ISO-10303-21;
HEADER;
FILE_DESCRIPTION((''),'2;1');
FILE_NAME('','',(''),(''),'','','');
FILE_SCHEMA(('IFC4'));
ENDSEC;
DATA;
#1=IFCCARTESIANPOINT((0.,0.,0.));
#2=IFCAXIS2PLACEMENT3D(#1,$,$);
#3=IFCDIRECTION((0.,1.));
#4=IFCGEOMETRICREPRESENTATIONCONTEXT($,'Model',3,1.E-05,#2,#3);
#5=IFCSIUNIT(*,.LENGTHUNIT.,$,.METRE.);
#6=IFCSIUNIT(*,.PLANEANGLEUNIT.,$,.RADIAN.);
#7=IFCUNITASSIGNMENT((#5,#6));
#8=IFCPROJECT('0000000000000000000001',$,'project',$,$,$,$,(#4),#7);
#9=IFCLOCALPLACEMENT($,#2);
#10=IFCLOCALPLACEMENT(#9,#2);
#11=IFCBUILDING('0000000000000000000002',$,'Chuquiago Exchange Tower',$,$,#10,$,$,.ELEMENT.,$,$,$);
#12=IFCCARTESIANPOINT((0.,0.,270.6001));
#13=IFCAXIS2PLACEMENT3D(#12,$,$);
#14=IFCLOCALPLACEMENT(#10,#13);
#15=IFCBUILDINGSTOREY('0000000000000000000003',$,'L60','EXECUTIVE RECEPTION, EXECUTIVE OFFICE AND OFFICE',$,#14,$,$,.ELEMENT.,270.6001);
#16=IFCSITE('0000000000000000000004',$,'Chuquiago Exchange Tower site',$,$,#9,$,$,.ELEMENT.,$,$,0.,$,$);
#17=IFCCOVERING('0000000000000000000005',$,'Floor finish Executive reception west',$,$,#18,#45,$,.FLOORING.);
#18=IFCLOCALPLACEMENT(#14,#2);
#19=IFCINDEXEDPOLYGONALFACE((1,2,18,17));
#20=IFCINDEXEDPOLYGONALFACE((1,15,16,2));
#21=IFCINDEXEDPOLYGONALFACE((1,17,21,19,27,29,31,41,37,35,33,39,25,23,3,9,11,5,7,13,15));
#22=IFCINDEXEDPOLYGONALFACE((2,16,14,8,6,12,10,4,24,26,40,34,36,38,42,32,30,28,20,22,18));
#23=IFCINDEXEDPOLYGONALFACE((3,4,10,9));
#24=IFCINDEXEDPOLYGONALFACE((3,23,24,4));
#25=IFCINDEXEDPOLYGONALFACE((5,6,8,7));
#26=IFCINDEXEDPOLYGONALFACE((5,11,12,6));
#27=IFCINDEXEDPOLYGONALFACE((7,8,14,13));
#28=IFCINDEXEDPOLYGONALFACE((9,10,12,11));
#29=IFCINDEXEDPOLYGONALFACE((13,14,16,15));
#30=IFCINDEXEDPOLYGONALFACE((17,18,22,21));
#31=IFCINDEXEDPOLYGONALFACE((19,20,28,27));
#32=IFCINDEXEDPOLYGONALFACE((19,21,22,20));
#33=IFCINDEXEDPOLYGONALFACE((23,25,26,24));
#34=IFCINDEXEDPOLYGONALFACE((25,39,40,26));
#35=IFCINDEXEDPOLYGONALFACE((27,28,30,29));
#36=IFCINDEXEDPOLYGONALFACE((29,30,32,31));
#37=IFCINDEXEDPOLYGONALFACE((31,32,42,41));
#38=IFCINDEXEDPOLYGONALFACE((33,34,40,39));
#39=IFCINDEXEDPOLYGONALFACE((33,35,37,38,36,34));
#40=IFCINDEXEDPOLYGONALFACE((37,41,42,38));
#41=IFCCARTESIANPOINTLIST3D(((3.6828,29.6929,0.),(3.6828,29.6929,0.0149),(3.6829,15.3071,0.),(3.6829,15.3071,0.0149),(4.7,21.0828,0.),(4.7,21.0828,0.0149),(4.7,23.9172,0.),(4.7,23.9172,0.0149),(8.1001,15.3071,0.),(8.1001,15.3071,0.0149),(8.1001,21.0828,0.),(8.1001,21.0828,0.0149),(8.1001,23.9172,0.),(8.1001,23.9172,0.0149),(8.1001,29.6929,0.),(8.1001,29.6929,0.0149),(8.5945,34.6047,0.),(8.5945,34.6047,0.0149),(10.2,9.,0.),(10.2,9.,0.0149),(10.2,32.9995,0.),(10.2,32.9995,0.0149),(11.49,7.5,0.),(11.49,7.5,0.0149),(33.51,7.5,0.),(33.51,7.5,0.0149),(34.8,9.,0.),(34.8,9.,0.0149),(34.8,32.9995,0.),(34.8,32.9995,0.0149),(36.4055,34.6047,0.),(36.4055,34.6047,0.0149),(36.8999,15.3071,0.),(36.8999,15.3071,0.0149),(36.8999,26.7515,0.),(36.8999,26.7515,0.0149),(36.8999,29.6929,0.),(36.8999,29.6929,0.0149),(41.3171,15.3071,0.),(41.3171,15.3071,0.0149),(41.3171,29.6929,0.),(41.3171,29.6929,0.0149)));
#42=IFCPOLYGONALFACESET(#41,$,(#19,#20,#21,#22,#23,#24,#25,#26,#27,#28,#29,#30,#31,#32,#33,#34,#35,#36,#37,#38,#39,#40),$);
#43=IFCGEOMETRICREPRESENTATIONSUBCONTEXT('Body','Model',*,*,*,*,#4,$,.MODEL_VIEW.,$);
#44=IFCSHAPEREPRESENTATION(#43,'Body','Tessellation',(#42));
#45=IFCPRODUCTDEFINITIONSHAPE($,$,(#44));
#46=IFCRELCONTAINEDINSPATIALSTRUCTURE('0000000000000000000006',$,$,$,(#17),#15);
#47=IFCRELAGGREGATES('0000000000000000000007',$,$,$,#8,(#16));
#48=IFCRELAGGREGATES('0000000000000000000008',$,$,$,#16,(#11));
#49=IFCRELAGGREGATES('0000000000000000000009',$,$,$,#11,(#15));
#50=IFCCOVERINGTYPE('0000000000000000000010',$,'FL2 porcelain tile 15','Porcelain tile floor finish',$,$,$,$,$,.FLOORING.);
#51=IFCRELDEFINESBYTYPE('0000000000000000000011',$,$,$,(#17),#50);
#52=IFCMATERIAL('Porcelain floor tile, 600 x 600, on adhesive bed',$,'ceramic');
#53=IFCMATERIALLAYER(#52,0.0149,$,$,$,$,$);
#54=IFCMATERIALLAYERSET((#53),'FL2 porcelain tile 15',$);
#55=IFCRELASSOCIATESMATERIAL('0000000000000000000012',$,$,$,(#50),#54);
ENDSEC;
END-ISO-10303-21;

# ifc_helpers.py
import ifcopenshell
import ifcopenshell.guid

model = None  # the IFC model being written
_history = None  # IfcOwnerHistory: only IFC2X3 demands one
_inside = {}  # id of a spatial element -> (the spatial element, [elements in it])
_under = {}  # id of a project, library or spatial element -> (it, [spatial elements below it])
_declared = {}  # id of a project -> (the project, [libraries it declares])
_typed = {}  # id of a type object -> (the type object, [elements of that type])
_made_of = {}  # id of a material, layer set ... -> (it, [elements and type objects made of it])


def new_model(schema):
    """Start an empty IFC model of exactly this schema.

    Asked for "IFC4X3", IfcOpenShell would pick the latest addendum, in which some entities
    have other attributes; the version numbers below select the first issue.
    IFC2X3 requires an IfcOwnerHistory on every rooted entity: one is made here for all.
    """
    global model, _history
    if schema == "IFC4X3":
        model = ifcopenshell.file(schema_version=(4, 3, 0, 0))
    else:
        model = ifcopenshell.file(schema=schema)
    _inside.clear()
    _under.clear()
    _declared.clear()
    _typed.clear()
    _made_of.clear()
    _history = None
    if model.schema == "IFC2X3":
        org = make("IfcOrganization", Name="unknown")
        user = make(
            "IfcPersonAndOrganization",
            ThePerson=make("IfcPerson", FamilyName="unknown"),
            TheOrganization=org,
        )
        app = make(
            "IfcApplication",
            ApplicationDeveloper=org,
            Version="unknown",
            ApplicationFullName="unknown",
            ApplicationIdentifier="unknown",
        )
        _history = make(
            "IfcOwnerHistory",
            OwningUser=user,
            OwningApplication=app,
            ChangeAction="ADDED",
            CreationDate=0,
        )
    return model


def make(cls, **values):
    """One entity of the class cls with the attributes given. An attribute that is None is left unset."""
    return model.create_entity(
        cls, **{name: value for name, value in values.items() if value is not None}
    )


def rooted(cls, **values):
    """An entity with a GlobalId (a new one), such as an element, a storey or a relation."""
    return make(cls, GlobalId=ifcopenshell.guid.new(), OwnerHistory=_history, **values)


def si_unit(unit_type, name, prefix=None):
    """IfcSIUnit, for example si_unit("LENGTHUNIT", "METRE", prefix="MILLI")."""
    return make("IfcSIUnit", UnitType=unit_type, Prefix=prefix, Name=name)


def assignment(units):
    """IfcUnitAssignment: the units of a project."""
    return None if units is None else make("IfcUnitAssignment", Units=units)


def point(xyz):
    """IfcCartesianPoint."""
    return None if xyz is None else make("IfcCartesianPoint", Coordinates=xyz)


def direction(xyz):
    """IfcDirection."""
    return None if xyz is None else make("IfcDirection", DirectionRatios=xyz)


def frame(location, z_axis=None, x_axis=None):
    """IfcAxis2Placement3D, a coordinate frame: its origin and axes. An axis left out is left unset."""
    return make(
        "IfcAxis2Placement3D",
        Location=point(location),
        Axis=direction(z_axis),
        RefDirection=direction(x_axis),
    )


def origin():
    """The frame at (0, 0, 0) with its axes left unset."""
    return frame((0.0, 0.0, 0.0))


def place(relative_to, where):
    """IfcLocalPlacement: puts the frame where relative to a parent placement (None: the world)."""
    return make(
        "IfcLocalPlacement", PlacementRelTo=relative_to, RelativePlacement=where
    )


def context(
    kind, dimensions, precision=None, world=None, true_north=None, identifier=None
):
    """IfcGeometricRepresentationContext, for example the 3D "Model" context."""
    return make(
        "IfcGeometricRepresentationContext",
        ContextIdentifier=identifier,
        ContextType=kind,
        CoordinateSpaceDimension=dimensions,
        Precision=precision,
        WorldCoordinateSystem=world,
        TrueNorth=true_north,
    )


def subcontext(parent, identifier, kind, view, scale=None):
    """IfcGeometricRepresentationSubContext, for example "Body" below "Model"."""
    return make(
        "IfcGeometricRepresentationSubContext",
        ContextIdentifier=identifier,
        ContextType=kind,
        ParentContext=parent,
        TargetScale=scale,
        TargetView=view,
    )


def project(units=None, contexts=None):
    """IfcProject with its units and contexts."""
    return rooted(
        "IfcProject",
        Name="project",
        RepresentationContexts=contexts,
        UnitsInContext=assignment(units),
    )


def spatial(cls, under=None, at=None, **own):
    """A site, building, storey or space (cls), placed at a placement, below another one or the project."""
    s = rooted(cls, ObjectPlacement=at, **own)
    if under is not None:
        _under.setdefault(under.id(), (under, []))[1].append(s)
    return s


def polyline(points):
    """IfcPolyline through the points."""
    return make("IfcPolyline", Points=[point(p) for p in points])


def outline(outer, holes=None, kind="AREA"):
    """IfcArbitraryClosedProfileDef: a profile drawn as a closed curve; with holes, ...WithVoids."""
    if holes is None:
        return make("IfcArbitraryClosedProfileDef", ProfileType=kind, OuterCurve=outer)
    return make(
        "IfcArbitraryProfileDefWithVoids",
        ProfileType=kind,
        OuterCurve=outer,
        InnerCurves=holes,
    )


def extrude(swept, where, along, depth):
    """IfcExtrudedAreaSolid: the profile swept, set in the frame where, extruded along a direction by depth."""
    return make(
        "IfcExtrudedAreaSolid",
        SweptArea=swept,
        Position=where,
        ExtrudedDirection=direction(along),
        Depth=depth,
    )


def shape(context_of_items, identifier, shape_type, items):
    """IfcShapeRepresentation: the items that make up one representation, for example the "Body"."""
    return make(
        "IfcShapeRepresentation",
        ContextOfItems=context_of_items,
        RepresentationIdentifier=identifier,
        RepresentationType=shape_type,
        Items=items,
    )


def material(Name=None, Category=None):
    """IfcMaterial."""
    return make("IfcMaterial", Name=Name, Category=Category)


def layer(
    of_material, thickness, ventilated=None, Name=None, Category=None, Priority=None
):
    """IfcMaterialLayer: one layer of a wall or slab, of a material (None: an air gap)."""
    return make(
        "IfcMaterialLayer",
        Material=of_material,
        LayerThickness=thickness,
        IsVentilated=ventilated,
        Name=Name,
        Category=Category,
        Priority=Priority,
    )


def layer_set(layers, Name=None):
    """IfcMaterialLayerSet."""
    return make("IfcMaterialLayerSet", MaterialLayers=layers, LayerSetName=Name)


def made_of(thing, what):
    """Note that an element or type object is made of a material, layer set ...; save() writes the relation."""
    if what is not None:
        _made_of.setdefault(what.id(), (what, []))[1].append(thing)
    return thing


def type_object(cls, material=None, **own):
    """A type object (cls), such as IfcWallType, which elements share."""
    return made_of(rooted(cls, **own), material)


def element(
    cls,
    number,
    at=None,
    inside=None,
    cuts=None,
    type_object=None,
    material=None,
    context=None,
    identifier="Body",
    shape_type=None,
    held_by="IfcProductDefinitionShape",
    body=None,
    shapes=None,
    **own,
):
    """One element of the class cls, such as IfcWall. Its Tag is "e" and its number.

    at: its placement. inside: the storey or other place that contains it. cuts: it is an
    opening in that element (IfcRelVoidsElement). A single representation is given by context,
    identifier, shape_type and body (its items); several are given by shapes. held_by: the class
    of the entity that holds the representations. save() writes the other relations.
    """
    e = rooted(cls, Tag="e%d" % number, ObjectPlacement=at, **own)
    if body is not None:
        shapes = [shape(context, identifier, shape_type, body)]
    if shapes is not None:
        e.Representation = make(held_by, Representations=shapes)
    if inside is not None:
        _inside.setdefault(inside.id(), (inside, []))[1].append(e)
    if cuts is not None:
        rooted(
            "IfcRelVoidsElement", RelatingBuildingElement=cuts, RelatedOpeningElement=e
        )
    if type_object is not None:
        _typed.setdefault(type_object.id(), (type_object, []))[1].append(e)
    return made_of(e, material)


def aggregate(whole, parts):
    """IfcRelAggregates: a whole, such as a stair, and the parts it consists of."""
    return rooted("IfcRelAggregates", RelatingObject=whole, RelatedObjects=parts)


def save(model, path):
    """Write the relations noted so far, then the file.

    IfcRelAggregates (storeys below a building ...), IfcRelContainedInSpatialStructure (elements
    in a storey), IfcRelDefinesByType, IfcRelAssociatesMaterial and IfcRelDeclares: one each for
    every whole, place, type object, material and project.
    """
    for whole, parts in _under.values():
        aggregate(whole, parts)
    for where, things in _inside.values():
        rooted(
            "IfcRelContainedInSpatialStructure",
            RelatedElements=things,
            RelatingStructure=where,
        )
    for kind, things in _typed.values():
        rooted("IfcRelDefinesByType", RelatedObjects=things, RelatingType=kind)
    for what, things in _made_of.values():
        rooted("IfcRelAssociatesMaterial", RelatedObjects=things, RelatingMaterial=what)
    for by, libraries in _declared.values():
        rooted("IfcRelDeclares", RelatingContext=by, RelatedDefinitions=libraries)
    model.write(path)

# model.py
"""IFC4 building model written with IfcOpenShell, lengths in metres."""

from ifc_helpers import new_model, si_unit, direction, frame, origin, place, context, subcontext, project, spatial, polyline, outline, extrude, material, layer, layer_set, type_object, element, save


model = new_model("IFC4")

# Units and contexts
model_context = context("Model", 3, precision=1e-05, world=origin(), true_north=direction((0.0, 1.0)))
body_context = subcontext(model_context, "Body", "Model", "MODEL_VIEW")
ifc_project = project(units=[si_unit("LENGTHUNIT", "METRE"), si_unit("PLANEANGLEUNIT", "RADIAN")], contexts=[model_context])

# Site, building, storey
site_placement = place(None, origin())
site = spatial("IfcSite", under=ifc_project, at=site_placement, Name="Chuquiago Exchange Tower site", CompositionType="ELEMENT", RefElevation=0.0)
building_placement = place(site_placement, origin())
building = spatial("IfcBuilding", under=site, at=building_placement, Name="Chuquiago Exchange Tower", CompositionType="ELEMENT")
storey_placement = place(building_placement, frame((0.0, 0.0, 270.6001)))
storey = spatial("IfcBuildingStorey", under=building, at=storey_placement, Name="L60", Description="EXECUTIVE RECEPTION, EXECUTIVE OFFICE AND OFFICE", CompositionType="ELEMENT", Elevation=270.6001)

# Covering
ifc_material_1 = material(Name="Porcelain floor tile, 600 x 600, on adhesive bed", Category="ceramic")
ifc_layer_1 = layer(ifc_material_1, 0.0149)
ifc_layer_set_1 = layer_set([ifc_layer_1], Name="FL2 porcelain tile 15")
covering_type = type_object("IfcCoveringType", Name="FL2 porcelain tile 15", Description="Porcelain tile floor finish", PredefinedType="FLOORING", material=ifc_layer_set_1)
covering_placement = place(storey_placement, origin())
element("IfcCovering", 1, at=covering_placement, inside=storey, type_object=covering_type, Name="Floor finish Executive reception west", PredefinedType="FLOORING", context=body_context, shape_type="SweptSolid", body=[
    extrude(outline(polyline([(41.3171, 29.6929), (36.8999, 29.6929), (36.8999, 26.7515), (36.8999, 15.3071), (41.3171, 15.3071), (33.51, 7.5), (11.49, 7.5), (18.2485, 0.7415), (3.6829, 15.3071), (8.1001, 15.3071), (8.1001, 21.0828), (4.7, 21.0828), (4.7, 23.9172), (8.1001, 23.9172), (8.1001, 29.6929), (3.6829, 29.6929), (0.8506, 26.8606), (8.5945, 34.6047), (10.2, 32.9995), (10.2, 9.0), (34.8, 9.0), (34.8, 32.9995), (36.4055, 34.6047), (41.3171, 29.6929)])), origin(), (0.0, 0.0, 1.0), 0.0149),
])

save(model, "model.ifc")
